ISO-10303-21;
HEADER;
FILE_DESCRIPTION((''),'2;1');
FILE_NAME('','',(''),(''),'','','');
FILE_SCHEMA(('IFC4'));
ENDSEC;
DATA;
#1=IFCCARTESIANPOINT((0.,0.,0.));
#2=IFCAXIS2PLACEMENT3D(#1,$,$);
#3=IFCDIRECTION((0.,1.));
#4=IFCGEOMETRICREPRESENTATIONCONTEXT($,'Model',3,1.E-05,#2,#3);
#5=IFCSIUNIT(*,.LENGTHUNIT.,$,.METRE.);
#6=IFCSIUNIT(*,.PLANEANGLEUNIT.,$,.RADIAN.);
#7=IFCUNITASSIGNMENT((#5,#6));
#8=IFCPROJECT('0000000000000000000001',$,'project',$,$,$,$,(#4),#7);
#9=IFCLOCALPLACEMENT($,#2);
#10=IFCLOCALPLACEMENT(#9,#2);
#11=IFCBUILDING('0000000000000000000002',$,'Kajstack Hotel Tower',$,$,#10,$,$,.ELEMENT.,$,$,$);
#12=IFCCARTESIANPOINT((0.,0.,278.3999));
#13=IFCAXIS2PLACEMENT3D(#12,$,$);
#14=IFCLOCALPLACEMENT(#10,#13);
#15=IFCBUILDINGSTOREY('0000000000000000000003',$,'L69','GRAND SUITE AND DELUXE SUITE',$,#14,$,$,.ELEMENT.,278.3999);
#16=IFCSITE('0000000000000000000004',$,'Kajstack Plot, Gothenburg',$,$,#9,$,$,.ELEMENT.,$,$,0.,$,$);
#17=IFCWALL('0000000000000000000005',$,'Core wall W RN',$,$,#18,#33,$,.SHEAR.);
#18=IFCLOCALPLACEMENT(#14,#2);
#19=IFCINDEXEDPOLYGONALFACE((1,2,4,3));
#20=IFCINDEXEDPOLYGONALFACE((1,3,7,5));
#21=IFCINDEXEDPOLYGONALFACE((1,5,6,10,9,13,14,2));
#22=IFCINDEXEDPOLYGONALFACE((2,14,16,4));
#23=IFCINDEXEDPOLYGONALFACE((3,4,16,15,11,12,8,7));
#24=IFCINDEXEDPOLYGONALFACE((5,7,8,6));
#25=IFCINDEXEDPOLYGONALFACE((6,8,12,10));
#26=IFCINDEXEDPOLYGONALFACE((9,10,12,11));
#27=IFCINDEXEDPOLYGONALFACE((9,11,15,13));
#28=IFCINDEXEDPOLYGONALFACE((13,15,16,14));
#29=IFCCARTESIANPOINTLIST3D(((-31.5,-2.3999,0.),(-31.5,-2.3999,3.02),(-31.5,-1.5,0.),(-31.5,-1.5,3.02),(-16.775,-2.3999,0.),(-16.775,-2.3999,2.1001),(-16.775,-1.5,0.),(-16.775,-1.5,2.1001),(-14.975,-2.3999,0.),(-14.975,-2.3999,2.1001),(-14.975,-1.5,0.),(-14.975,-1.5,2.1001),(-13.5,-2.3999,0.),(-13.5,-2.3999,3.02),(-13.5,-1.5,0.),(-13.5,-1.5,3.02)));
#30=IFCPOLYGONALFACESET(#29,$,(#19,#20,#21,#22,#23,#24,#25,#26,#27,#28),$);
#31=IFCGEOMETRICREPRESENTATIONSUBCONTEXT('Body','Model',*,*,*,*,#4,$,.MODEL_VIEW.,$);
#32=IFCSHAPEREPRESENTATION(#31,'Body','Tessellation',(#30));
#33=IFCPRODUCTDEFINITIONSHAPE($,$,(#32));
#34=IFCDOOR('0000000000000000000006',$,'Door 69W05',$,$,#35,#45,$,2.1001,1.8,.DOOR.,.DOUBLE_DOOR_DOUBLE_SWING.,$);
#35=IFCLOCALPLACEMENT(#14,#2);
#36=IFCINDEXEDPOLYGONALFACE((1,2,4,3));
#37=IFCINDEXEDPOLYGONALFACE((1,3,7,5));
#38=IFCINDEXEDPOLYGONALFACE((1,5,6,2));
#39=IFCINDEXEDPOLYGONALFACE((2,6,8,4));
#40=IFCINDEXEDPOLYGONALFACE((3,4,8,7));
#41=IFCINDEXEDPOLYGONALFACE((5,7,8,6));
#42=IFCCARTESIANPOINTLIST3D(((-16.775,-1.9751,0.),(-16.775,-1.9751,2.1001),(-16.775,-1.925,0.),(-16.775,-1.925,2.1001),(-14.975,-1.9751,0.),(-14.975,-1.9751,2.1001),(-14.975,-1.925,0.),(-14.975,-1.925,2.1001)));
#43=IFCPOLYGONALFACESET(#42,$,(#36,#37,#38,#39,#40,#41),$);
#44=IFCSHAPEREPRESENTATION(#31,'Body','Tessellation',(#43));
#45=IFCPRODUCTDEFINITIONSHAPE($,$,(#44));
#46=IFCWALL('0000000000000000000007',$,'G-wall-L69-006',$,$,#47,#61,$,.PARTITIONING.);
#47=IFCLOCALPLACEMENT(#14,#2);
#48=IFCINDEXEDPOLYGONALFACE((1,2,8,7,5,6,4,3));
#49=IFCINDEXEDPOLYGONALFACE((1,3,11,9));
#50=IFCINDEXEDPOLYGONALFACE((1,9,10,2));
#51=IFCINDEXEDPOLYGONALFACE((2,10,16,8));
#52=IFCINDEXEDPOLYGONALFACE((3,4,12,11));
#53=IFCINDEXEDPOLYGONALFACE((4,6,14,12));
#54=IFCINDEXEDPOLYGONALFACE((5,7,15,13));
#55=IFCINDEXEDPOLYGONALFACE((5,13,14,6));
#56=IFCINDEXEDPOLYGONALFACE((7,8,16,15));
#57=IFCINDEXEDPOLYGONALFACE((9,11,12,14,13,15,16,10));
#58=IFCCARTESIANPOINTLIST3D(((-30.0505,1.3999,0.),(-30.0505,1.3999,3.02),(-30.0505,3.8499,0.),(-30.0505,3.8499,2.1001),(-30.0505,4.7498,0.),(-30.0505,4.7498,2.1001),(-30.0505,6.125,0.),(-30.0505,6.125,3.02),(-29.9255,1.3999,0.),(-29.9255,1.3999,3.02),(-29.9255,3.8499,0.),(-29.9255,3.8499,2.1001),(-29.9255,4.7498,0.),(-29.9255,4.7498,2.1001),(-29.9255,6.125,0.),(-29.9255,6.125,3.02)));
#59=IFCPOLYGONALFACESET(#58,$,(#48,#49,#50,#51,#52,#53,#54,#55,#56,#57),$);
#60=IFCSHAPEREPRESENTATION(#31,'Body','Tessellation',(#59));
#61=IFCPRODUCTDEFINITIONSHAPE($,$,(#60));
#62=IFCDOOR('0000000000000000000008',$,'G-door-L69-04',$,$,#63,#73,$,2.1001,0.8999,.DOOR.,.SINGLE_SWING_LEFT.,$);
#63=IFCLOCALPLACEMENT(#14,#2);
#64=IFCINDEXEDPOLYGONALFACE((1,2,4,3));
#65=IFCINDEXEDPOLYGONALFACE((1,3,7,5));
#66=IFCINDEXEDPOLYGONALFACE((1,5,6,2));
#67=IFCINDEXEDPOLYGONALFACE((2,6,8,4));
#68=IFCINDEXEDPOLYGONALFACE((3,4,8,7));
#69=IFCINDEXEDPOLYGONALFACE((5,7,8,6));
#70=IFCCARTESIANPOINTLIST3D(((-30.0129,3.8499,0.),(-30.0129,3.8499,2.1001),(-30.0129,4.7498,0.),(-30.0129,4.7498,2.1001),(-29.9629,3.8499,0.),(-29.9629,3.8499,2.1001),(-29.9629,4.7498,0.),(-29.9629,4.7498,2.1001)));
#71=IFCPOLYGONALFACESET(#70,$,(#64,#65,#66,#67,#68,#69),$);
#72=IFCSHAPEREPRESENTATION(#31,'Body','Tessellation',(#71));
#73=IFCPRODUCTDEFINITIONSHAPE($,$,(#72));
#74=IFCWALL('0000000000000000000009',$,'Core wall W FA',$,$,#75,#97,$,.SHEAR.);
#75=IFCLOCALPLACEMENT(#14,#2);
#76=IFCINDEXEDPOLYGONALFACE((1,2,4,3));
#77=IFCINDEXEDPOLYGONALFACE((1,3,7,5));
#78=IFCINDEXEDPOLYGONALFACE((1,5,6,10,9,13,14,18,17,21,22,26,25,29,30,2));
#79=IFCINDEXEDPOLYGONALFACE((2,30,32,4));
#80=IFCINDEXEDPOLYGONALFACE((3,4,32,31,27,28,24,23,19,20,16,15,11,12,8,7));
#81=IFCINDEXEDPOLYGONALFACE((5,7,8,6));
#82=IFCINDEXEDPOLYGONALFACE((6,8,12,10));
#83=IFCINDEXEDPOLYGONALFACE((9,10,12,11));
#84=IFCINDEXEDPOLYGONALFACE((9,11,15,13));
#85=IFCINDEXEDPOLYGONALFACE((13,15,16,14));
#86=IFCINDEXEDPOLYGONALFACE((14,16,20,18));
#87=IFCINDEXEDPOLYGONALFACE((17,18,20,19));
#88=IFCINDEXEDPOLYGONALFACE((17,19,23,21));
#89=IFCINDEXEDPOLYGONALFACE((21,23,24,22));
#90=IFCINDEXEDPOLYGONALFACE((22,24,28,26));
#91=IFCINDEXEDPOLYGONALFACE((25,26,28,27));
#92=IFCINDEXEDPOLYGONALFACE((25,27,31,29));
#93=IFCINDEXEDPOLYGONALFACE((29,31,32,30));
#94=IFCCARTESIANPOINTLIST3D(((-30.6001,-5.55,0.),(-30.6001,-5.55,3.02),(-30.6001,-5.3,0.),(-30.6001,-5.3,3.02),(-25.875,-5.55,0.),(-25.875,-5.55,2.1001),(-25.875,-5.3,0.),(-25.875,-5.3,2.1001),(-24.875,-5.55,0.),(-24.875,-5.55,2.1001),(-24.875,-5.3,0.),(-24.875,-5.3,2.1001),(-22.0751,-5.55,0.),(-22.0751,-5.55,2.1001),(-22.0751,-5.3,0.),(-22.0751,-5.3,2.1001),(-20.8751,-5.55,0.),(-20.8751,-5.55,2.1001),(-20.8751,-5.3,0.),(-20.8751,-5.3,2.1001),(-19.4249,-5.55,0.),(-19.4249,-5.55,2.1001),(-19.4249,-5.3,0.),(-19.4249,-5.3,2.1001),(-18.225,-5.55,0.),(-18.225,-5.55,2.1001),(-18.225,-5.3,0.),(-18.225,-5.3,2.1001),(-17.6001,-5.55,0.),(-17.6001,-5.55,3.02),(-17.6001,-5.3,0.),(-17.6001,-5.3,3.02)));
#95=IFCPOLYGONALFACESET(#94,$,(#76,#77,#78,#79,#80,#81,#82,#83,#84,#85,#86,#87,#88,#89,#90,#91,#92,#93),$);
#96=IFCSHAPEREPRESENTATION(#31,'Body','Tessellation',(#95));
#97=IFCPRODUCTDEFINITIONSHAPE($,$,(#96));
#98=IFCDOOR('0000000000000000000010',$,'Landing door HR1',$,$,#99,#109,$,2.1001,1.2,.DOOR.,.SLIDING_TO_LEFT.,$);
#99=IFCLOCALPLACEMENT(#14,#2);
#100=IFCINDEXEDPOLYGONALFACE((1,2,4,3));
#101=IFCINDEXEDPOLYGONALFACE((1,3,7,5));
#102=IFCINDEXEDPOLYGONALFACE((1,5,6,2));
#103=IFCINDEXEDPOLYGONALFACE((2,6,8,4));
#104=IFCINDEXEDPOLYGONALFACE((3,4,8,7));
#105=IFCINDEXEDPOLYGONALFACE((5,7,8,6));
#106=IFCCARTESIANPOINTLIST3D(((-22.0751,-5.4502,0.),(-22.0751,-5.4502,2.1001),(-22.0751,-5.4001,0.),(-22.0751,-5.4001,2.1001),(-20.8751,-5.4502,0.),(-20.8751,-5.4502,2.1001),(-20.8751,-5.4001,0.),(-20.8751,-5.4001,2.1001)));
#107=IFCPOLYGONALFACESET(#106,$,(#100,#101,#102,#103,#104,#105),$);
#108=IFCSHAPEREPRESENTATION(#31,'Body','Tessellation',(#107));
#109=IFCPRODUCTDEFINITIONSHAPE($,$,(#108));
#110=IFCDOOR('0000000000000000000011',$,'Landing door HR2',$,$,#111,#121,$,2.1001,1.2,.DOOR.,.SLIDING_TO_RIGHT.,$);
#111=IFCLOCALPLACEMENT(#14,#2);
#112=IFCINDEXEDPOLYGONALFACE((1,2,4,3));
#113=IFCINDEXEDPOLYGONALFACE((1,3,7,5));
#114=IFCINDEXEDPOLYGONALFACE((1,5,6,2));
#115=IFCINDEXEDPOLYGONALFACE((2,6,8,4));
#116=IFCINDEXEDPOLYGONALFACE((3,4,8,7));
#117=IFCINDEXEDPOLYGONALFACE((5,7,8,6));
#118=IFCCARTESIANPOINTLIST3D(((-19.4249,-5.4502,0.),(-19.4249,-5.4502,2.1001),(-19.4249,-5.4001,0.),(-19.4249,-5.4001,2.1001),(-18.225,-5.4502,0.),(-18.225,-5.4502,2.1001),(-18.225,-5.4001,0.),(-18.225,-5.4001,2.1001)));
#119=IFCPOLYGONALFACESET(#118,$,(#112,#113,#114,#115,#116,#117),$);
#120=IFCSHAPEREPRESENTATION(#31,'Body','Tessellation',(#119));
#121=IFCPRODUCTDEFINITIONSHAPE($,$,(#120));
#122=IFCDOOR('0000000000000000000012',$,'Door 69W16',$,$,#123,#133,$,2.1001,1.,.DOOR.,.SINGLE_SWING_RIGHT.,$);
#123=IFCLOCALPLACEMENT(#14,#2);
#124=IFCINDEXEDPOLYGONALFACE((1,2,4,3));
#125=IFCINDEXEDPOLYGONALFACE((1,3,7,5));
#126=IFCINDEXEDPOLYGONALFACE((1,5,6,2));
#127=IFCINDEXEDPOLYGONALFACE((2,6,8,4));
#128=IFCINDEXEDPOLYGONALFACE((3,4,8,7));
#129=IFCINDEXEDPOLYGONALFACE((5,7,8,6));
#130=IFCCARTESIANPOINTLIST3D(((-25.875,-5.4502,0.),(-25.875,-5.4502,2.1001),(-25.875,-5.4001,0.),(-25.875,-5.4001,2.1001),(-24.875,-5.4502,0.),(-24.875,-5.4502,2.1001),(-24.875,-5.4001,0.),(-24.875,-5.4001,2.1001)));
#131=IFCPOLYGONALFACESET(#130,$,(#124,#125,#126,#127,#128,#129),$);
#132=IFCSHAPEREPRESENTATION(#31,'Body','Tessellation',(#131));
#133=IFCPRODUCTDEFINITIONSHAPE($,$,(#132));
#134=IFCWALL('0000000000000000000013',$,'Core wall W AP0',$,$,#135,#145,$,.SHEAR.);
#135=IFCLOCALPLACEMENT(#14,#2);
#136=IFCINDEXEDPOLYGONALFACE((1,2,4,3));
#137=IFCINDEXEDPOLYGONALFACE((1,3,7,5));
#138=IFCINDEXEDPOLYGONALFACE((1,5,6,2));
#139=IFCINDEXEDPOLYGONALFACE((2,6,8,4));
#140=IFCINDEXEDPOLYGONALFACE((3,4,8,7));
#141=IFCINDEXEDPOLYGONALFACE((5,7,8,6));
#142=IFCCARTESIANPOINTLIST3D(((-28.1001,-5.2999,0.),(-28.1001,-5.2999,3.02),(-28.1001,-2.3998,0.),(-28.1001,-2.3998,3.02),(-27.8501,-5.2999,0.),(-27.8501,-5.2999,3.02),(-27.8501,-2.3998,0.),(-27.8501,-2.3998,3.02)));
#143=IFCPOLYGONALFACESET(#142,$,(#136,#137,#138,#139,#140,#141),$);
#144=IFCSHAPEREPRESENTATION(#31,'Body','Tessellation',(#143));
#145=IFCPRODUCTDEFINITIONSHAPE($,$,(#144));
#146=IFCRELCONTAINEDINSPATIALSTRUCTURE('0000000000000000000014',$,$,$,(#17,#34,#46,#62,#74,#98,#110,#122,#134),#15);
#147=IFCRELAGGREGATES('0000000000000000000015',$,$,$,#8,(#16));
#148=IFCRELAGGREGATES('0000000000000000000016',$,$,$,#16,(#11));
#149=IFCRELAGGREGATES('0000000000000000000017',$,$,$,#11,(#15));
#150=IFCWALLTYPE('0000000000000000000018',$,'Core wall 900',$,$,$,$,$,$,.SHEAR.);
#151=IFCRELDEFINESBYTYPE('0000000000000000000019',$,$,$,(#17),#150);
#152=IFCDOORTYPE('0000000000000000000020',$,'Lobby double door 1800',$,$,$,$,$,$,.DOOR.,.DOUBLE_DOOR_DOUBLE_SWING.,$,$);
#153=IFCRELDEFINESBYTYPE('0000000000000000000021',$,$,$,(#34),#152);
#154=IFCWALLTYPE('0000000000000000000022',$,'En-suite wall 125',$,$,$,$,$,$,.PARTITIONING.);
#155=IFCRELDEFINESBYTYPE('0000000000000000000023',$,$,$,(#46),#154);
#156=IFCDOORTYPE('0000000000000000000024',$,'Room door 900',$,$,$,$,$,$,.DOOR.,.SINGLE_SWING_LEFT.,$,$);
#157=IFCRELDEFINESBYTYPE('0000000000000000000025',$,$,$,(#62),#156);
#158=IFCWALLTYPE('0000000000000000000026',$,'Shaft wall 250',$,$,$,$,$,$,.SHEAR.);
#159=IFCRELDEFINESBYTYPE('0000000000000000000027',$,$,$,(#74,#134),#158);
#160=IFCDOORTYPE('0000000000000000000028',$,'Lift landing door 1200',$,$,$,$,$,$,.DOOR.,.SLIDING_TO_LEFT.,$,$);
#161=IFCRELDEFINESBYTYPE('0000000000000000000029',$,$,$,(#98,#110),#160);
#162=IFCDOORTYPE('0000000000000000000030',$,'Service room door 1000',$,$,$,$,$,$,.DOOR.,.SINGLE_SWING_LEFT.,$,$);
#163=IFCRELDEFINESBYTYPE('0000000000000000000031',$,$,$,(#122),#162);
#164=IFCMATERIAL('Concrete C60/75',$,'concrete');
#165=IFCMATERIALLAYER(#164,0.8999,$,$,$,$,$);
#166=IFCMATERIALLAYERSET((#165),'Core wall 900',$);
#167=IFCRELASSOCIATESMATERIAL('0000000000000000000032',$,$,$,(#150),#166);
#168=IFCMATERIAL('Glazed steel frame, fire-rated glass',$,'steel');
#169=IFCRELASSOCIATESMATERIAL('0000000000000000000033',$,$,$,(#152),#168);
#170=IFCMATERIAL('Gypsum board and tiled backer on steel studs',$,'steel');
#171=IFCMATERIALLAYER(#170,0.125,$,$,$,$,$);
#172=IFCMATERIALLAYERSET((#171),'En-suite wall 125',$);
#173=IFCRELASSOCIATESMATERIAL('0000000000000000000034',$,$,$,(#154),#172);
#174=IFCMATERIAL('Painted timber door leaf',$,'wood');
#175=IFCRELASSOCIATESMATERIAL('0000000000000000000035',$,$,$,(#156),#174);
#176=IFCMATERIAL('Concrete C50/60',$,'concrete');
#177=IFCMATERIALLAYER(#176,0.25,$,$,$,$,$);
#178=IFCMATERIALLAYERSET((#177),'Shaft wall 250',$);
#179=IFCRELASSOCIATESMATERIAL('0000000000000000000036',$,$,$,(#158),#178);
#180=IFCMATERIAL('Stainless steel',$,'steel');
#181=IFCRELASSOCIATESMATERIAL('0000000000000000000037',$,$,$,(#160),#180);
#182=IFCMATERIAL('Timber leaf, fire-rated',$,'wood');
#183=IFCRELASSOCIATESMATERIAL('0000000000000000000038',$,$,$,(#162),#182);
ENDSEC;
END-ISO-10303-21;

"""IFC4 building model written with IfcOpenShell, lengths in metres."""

from ifc_helpers import new_model, si_unit, direction, frame, frame_2d, origin, place, context, subcontext, project, spatial, rectangle, extrude, material, layer, layer_set, type_object, element, fill, save


model = new_model("IFC4")

# Units and contexts
model_context = context("Model", 3, precision=1e-05, world=origin(), true_north=direction((0.0, 1.0)))
body_context = subcontext(model_context, "Body", "Model", "MODEL_VIEW")
ifc_project = project(units=[si_unit("LENGTHUNIT", "METRE"), si_unit("PLANEANGLEUNIT", "RADIAN")], contexts=[model_context])

# Site, building, storey
site_placement = place(None, origin())
site = spatial("IfcSite", under=ifc_project, at=site_placement, Name="Kajstack Plot, Gothenburg", CompositionType="ELEMENT", RefElevation=0.0)
building_placement = place(site_placement, origin())
building = spatial("IfcBuilding", under=site, at=building_placement, Name="Kajstack Hotel Tower", CompositionType="ELEMENT")
storey_placement = place(building_placement, frame((0.0, 0.0, 278.3999)))
storey = spatial("IfcBuildingStorey", under=building, at=storey_placement, Name="L69", Description="GRAND SUITE AND DELUXE SUITE", CompositionType="ELEMENT", Elevation=278.3999)

# Walls, openings, doors
ifc_material_1 = material(Name="Concrete C60/75", Category="concrete")
ifc_layer_1 = layer(ifc_material_1, 0.8999)
ifc_layer_set_1 = layer_set([ifc_layer_1], Name="Core wall 900")
wall_type_1 = type_object("IfcWallType", Name="Core wall 900", PredefinedType="SHEAR", material=ifc_layer_set_1)
wall_1_placement = place(storey_placement, frame((-31.5, -1.95, 0.0), z_axis=(0.0, 0.0, 1.0), x_axis=(1.0, 0.0, 0.0)))
wall_1 = element("IfcWall", 1, at=wall_1_placement, inside=storey, type_object=wall_type_1, Name="Core wall W RN", PredefinedType="SHEAR", context=body_context, shape_type="SweptSolid", body=[
    extrude(rectangle(XDim=18.0, YDim=0.8999, at=frame_2d((9.0, 0.0))), origin(), (0.0, 0.0, 1.0), 3.02),
])
opening_1_placement = place(wall_1_placement, frame((14.7251, 0.0, 0.0)))
opening_1 = element("IfcOpeningElement", 2, at=opening_1_placement, cuts=wall_1, PredefinedType="OPENING", context=body_context, shape_type="SweptSolid", body=[
    extrude(rectangle(XDim=1.8, YDim=2.1001, at=frame_2d((0.8999, 1.05))), frame((0.0, 0.46, 0.0), z_axis=(0.0, -1.0, 0.0), x_axis=(1.0, 0.0, 0.0)), (0.0, 0.0, 1.0), 0.9199),
])
ifc_material_2 = material(Name="Glazed steel frame, fire-rated glass", Category="steel")
door_type_1 = type_object("IfcDoorType", Name="Lobby double door 1800", OperationType="DOUBLE_DOOR_DOUBLE_SWING", PredefinedType="DOOR", material=ifc_material_2)
door_1_placement = place(opening_1_placement, origin())
door_1 = element("IfcDoor", 3, at=door_1_placement, inside=storey, type_object=door_type_1, Name="Door 69W05", OperationType="DOUBLE_DOOR_DOUBLE_SWING", OverallHeight=2.1001, OverallWidth=1.8, PredefinedType="DOOR", context=body_context, shape_type="SweptSolid", body=[
    extrude(rectangle(XDim=1.8, YDim=2.1001, at=frame_2d((0.8999, 1.05))), frame((0.0, 0.0249, 0.0), z_axis=(0.0, -1.0, 0.0), x_axis=(1.0, 0.0, 0.0)), (0.0, 0.0, 1.0), 0.05),
])
fill(opening_1, door_1)
ifc_material_3 = material(Name="Gypsum board and tiled backer on steel studs", Category="steel")
ifc_layer_2 = layer(ifc_material_3, 0.125)
ifc_layer_set_2 = layer_set([ifc_layer_2], Name="En-suite wall 125")
wall_type_2 = type_object("IfcWallType", Name="En-suite wall 125", PredefinedType="PARTITIONING", material=ifc_layer_set_2)
wall_2_placement = place(storey_placement, frame((-29.988, 1.3999, 0.0), z_axis=(0.0, 0.0, 1.0), x_axis=(0.0, 1.0, 0.0)))
wall_2 = element("IfcWall", 4, at=wall_2_placement, inside=storey, type_object=wall_type_2, Name="G-wall-L69-006", PredefinedType="PARTITIONING", context=body_context, shape_type="SweptSolid", body=[
    extrude(rectangle(XDim=4.7251, YDim=0.125, at=frame_2d((2.3625, 0.0))), origin(), (0.0, 0.0, 1.0), 3.02),
])
opening_2_placement = place(wall_2_placement, frame((2.45, 0.0, 0.0)))
opening_2 = element("IfcOpeningElement", 5, at=opening_2_placement, cuts=wall_2, PredefinedType="OPENING", context=body_context, shape_type="SweptSolid", body=[
    extrude(rectangle(XDim=0.8999, YDim=2.1001, at=frame_2d((0.45, 1.05))), frame((0.0, 0.0725, 0.0), z_axis=(0.0, -1.0, 0.0), x_axis=(1.0, 0.0, 0.0)), (0.0, 0.0, 1.0), 0.145),
])
ifc_material_4 = material(Name="Painted timber door leaf", Category="wood")
door_type_2 = type_object("IfcDoorType", Name="Room door 900", OperationType="SINGLE_SWING_LEFT", PredefinedType="DOOR", material=ifc_material_4)
door_2_placement = place(opening_2_placement, origin())
door_2 = element("IfcDoor", 6, at=door_2_placement, inside=storey, type_object=door_type_2, Name="G-door-L69-04", OperationType="SINGLE_SWING_LEFT", OverallHeight=2.1001, OverallWidth=0.8999, PredefinedType="DOOR", context=body_context, shape_type="SweptSolid", body=[
    extrude(rectangle(XDim=0.8999, YDim=2.1001, at=frame_2d((0.45, 1.05))), frame((0.0, 0.0249, 0.0), z_axis=(0.0, -1.0, 0.0), x_axis=(1.0, 0.0, 0.0)), (0.0, 0.0, 1.0), 0.05),
])
fill(opening_2, door_2)

# Wall, openings, doors
ifc_material_5 = material(Name="Concrete C50/60", Category="concrete")
ifc_layer_3 = layer(ifc_material_5, 0.25)
ifc_layer_set_3 = layer_set([ifc_layer_3], Name="Shaft wall 250")
wall_type_3 = type_object("IfcWallType", Name="Shaft wall 250", PredefinedType="SHEAR", material=ifc_layer_set_3)
wall_3_placement = place(storey_placement, frame((-30.6001, -5.425, 0.0), z_axis=(0.0, 0.0, 1.0), x_axis=(1.0, 0.0, 0.0)))
wall_3 = element("IfcWall", 7, at=wall_3_placement, inside=storey, type_object=wall_type_3, Name="Core wall W FA", PredefinedType="SHEAR", context=body_context, shape_type="SweptSolid", body=[
    extrude(rectangle(XDim=13.0, YDim=0.25, at=frame_2d((6.5, 0.0))), origin(), (0.0, 0.0, 1.0), 3.02),
])
opening_3_placement = place(wall_3_placement, frame((8.5249, 0.0, 0.0)))
opening_3 = element("IfcOpeningElement", 8, at=opening_3_placement, cuts=wall_3, PredefinedType="OPENING", context=body_context, shape_type="SweptSolid", body=[
    extrude(rectangle(XDim=1.2, YDim=2.1001, at=frame_2d((0.6001, 1.05))), frame((0.0, 0.135, 0.0), z_axis=(0.0, -1.0, 0.0), x_axis=(1.0, 0.0, 0.0)), (0.0, 0.0, 1.0), 0.27),
])
opening_4_placement = place(wall_3_placement, frame((11.175, 0.0, 0.0)))
opening_4 = element("IfcOpeningElement", 9, at=opening_4_placement, cuts=wall_3, PredefinedType="OPENING", context=body_context, shape_type="SweptSolid", body=[
    extrude(rectangle(XDim=1.2, YDim=2.1001, at=frame_2d((0.6001, 1.05))), frame((0.0, 0.135, 0.0), z_axis=(0.0, -1.0, 0.0), x_axis=(1.0, 0.0, 0.0)), (0.0, 0.0, 1.0), 0.27),
])
opening_5_placement = place(wall_3_placement, frame((4.7251, 0.0, 0.0)))
opening_5 = element("IfcOpeningElement", 10, at=opening_5_placement, cuts=wall_3, PredefinedType="OPENING", context=body_context, shape_type="SweptSolid", body=[
    extrude(rectangle(XDim=1.0, YDim=2.1001, at=frame_2d((0.5, 1.05))), frame((0.0, 0.135, 0.0), z_axis=(0.0, -1.0, 0.0), x_axis=(1.0, 0.0, 0.0)), (0.0, 0.0, 1.0), 0.27),
])
ifc_material_6 = material(Name="Stainless steel", Category="steel")
door_type_3 = type_object("IfcDoorType", Name="Lift landing door 1200", OperationType="SLIDING_TO_LEFT", PredefinedType="DOOR", material=ifc_material_6)
door_3_placement = place(opening_3_placement, origin())
door_3 = element("IfcDoor", 11, at=door_3_placement, inside=storey, type_object=door_type_3, Name="Landing door HR1", OperationType="SLIDING_TO_LEFT", OverallHeight=2.1001, OverallWidth=1.2, PredefinedType="DOOR", context=body_context, shape_type="SweptSolid", body=[
    extrude(rectangle(XDim=1.2, YDim=2.1001, at=frame_2d((0.6001, 1.05))), frame((0.0, 0.0249, 0.0), z_axis=(0.0, -1.0, 0.0), x_axis=(1.0, 0.0, 0.0)), (0.0, 0.0, 1.0), 0.05),
])
fill(opening_3, door_3)
door_4_placement = place(opening_4_placement, origin())
door_4 = element("IfcDoor", 12, at=door_4_placement, inside=storey, type_object=door_type_3, Name="Landing door HR2", OperationType="SLIDING_TO_RIGHT", OverallHeight=2.1001, OverallWidth=1.2, PredefinedType="DOOR", context=body_context, shape_type="SweptSolid", body=[
    extrude(rectangle(XDim=1.2, YDim=2.1001, at=frame_2d((0.6001, 1.05))), frame((0.0, 0.0249, 0.0), z_axis=(0.0, -1.0, 0.0), x_axis=(1.0, 0.0, 0.0)), (0.0, 0.0, 1.0), 0.05),
])
fill(opening_4, door_4)
ifc_material_7 = material(Name="Timber leaf, fire-rated", Category="wood")
door_type_4 = type_object("IfcDoorType", Name="Service room door 1000", OperationType="SINGLE_SWING_LEFT", PredefinedType="DOOR", material=ifc_material_7)
door_5_placement = place(opening_5_placement, origin())
door_5 = element("IfcDoor", 13, at=door_5_placement, inside=storey, type_object=door_type_4, Name="Door 69W16", OperationType="SINGLE_SWING_RIGHT", OverallHeight=2.1001, OverallWidth=1.0, PredefinedType="DOOR", context=body_context, shape_type="SweptSolid", body=[
    extrude(rectangle(XDim=1.0, YDim=2.1001, at=frame_2d((0.5, 1.05))), frame((0.0, 0.0249, 0.0), z_axis=(0.0, -1.0, 0.0), x_axis=(1.0, 0.0, 0.0)), (0.0, 0.0, 1.0), 0.05),
])
fill(opening_5, door_5)

# Wall
wall_4_placement = place(storey_placement, frame((-27.9751, -5.3, 0.0), z_axis=(0.0, 0.0, 1.0), x_axis=(0.0, 1.0, 0.0)))
element("IfcWall", 14, at=wall_4_placement, inside=storey, type_object=wall_type_3, Name="Core wall W AP0", PredefinedType="SHEAR", context=body_context, shape_type="SweptSolid", body=[
    extrude(rectangle(XDim=2.9001, YDim=0.25, at=frame_2d((1.4502, 0.0))), origin(), (0.0, 0.0, 1.0), 3.02),
])

save(model, "model.ifc")
